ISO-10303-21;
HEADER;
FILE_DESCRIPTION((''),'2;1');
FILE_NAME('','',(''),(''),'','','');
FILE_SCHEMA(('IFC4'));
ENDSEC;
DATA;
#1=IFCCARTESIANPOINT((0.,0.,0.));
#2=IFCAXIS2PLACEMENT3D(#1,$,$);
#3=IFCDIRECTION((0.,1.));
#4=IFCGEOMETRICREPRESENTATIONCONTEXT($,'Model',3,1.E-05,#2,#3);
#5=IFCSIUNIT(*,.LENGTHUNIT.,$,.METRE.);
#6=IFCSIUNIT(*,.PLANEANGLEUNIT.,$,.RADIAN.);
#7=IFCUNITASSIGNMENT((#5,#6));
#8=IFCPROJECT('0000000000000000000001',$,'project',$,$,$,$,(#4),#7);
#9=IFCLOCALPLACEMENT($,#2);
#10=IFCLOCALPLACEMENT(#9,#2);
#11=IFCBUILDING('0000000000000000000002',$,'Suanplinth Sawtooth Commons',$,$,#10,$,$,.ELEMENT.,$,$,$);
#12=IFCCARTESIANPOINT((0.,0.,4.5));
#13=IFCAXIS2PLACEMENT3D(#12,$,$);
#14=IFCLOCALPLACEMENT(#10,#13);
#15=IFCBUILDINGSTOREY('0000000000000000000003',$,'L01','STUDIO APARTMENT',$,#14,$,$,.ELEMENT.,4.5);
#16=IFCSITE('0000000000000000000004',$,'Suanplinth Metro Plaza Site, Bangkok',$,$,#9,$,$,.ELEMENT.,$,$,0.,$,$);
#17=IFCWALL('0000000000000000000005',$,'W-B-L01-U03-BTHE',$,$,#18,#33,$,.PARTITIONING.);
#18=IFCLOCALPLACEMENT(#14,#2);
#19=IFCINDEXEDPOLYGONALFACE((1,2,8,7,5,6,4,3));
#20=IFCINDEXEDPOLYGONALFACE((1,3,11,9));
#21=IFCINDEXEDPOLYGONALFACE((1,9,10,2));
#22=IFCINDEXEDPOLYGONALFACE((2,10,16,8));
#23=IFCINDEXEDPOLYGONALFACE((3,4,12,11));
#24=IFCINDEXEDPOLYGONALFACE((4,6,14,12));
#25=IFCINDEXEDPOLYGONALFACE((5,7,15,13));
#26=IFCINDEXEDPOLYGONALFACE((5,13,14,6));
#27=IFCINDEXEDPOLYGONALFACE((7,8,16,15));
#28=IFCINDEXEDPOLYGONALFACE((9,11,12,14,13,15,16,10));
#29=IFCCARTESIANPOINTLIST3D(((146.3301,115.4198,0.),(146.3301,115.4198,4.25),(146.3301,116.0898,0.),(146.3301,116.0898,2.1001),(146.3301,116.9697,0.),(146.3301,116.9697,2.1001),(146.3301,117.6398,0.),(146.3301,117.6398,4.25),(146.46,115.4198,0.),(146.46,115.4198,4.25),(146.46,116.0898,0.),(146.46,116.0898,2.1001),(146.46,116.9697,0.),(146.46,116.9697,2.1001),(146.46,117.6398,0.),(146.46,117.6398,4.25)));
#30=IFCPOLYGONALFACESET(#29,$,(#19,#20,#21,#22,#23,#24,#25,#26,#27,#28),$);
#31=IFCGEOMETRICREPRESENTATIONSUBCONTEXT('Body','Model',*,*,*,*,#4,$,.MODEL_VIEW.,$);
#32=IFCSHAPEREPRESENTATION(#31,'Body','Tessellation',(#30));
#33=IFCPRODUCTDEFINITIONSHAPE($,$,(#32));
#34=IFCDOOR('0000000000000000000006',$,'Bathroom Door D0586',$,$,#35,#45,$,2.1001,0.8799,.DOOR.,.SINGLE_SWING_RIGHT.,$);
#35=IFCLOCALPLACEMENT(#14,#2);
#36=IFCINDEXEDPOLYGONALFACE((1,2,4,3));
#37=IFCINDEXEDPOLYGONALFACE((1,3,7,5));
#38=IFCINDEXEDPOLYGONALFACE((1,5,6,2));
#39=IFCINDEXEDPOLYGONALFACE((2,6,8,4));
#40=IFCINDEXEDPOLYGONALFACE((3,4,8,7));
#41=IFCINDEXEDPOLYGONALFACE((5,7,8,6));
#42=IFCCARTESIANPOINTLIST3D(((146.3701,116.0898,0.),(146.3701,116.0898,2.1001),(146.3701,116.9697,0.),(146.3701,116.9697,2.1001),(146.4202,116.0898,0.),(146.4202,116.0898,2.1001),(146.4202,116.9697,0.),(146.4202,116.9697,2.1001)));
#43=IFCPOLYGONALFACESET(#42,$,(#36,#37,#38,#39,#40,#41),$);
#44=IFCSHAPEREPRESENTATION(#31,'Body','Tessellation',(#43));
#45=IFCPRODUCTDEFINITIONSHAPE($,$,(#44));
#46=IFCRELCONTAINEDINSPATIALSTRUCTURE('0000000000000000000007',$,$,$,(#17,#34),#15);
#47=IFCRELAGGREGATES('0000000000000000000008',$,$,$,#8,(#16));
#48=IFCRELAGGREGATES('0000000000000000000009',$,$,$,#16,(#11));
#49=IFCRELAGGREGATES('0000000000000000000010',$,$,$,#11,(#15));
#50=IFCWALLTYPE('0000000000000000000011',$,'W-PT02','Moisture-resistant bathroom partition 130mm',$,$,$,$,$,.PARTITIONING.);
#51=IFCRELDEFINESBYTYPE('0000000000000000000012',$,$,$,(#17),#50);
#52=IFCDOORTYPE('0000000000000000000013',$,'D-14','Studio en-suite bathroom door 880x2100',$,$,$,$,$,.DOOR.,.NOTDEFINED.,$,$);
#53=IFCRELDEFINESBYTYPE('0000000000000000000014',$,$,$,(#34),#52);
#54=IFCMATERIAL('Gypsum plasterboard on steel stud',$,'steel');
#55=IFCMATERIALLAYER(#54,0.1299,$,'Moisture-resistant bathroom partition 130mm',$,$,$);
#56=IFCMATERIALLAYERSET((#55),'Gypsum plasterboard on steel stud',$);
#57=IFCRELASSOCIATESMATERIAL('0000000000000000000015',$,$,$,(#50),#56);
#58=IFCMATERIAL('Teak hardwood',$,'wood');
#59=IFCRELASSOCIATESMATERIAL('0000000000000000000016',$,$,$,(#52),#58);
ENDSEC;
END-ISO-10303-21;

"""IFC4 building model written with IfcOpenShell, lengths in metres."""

from ifc_helpers import new_model, si_unit, direction, frame, frame_2d, origin, place, context, subcontext, project, spatial, rectangle, extrude, material, layer, layer_set, type_object, element, fill, save


model = new_model("IFC4")

# Units and contexts
model_context = context("Model", 3, precision=1e-05, world=origin(), true_north=direction((0.0, 1.0)))
body_context = subcontext(model_context, "Body", "Model", "MODEL_VIEW")
ifc_project = project(units=[si_unit("LENGTHUNIT", "METRE"), si_unit("PLANEANGLEUNIT", "RADIAN")], contexts=[model_context])

# Site, building, storey
site_placement = place(None, origin())
site = spatial("IfcSite", under=ifc_project, at=site_placement, Name="Suanplinth Metro Plaza Site, Bangkok", CompositionType="ELEMENT", RefElevation=0.0)
building_placement = place(site_placement, origin())
building = spatial("IfcBuilding", under=site, at=building_placement, Name="Suanplinth Sawtooth Commons", CompositionType="ELEMENT")
storey_placement = place(building_placement, frame((0.0, 0.0, 4.5)))
storey = spatial("IfcBuildingStorey", under=building, at=storey_placement, Name="L01", Description="STUDIO APARTMENT", CompositionType="ELEMENT", Elevation=4.5)

# Wall, opening, door
ifc_material_1 = material(Name="Gypsum plasterboard on steel stud", Category="steel")
ifc_material_2 = material(Name="Teak hardwood", Category="wood")
ifc_layer_1 = layer(ifc_material_1, 0.1299, Name="Moisture-resistant bathroom partition 130mm")
ifc_layer_set_1 = layer_set([ifc_layer_1], Name="Gypsum plasterboard on steel stud")
wall_type_1 = type_object("IfcWallType", Name="W-PT02", Description="Moisture-resistant bathroom partition 130mm", PredefinedType="PARTITIONING", material=ifc_layer_set_1)
wall_1_placement = place(storey_placement, frame((146.395, 115.4199, 0.0), z_axis=(0.0, 0.0, 1.0), x_axis=(0.0, 1.0, 0.0)))
wall_1 = element("IfcWall", 1, at=wall_1_placement, inside=storey, type_object=wall_type_1, Name="W-B-L01-U03-BTHE", PredefinedType="PARTITIONING", context=body_context, shape_type="SweptSolid", body=[
    extrude(rectangle(XDim=2.22, YDim=0.1299, at=frame_2d((1.1099, 0.0))), origin(), (0.0, 0.0, 1.0), 4.25),
])
opening_1_placement = place(wall_1_placement, frame((0.6699, 0.0, 0.0)))
opening_1 = element("IfcOpeningElement", 2, at=opening_1_placement, cuts=wall_1, PredefinedType="OPENING", context=body_context, shape_type="SweptSolid", body=[
    extrude(rectangle(XDim=0.8799, YDim=2.1001, at=frame_2d((0.4399, 1.05))), frame((0.0, 0.0798, 0.0), z_axis=(0.0, -1.0, 0.0), x_axis=(1.0, 0.0, 0.0)), (0.0, 0.0, 1.0), 0.1597),
])
door_type_1 = type_object("IfcDoorType", Name="D-14", Description="Studio en-suite bathroom door 880x2100", OperationType="NOTDEFINED", PredefinedType="DOOR", material=ifc_material_2)
door_1_placement = place(opening_1_placement, origin())
door_1 = element("IfcDoor", 3, at=door_1_placement, inside=storey, type_object=door_type_1, Name="Bathroom Door D0586", OperationType="SINGLE_SWING_RIGHT", OverallHeight=2.1001, OverallWidth=0.8799, PredefinedType="DOOR", context=body_context, shape_type="SweptSolid", body=[
    extrude(rectangle(XDim=0.8799, YDim=2.1001, at=frame_2d((0.4399, 1.05))), frame((0.0, 0.0249, 0.0), z_axis=(0.0, -1.0, 0.0), x_axis=(1.0, 0.0, 0.0)), (0.0, 0.0, 1.0), 0.05),
])
fill(opening_1, door_1)

save(model, "model.ifc")
